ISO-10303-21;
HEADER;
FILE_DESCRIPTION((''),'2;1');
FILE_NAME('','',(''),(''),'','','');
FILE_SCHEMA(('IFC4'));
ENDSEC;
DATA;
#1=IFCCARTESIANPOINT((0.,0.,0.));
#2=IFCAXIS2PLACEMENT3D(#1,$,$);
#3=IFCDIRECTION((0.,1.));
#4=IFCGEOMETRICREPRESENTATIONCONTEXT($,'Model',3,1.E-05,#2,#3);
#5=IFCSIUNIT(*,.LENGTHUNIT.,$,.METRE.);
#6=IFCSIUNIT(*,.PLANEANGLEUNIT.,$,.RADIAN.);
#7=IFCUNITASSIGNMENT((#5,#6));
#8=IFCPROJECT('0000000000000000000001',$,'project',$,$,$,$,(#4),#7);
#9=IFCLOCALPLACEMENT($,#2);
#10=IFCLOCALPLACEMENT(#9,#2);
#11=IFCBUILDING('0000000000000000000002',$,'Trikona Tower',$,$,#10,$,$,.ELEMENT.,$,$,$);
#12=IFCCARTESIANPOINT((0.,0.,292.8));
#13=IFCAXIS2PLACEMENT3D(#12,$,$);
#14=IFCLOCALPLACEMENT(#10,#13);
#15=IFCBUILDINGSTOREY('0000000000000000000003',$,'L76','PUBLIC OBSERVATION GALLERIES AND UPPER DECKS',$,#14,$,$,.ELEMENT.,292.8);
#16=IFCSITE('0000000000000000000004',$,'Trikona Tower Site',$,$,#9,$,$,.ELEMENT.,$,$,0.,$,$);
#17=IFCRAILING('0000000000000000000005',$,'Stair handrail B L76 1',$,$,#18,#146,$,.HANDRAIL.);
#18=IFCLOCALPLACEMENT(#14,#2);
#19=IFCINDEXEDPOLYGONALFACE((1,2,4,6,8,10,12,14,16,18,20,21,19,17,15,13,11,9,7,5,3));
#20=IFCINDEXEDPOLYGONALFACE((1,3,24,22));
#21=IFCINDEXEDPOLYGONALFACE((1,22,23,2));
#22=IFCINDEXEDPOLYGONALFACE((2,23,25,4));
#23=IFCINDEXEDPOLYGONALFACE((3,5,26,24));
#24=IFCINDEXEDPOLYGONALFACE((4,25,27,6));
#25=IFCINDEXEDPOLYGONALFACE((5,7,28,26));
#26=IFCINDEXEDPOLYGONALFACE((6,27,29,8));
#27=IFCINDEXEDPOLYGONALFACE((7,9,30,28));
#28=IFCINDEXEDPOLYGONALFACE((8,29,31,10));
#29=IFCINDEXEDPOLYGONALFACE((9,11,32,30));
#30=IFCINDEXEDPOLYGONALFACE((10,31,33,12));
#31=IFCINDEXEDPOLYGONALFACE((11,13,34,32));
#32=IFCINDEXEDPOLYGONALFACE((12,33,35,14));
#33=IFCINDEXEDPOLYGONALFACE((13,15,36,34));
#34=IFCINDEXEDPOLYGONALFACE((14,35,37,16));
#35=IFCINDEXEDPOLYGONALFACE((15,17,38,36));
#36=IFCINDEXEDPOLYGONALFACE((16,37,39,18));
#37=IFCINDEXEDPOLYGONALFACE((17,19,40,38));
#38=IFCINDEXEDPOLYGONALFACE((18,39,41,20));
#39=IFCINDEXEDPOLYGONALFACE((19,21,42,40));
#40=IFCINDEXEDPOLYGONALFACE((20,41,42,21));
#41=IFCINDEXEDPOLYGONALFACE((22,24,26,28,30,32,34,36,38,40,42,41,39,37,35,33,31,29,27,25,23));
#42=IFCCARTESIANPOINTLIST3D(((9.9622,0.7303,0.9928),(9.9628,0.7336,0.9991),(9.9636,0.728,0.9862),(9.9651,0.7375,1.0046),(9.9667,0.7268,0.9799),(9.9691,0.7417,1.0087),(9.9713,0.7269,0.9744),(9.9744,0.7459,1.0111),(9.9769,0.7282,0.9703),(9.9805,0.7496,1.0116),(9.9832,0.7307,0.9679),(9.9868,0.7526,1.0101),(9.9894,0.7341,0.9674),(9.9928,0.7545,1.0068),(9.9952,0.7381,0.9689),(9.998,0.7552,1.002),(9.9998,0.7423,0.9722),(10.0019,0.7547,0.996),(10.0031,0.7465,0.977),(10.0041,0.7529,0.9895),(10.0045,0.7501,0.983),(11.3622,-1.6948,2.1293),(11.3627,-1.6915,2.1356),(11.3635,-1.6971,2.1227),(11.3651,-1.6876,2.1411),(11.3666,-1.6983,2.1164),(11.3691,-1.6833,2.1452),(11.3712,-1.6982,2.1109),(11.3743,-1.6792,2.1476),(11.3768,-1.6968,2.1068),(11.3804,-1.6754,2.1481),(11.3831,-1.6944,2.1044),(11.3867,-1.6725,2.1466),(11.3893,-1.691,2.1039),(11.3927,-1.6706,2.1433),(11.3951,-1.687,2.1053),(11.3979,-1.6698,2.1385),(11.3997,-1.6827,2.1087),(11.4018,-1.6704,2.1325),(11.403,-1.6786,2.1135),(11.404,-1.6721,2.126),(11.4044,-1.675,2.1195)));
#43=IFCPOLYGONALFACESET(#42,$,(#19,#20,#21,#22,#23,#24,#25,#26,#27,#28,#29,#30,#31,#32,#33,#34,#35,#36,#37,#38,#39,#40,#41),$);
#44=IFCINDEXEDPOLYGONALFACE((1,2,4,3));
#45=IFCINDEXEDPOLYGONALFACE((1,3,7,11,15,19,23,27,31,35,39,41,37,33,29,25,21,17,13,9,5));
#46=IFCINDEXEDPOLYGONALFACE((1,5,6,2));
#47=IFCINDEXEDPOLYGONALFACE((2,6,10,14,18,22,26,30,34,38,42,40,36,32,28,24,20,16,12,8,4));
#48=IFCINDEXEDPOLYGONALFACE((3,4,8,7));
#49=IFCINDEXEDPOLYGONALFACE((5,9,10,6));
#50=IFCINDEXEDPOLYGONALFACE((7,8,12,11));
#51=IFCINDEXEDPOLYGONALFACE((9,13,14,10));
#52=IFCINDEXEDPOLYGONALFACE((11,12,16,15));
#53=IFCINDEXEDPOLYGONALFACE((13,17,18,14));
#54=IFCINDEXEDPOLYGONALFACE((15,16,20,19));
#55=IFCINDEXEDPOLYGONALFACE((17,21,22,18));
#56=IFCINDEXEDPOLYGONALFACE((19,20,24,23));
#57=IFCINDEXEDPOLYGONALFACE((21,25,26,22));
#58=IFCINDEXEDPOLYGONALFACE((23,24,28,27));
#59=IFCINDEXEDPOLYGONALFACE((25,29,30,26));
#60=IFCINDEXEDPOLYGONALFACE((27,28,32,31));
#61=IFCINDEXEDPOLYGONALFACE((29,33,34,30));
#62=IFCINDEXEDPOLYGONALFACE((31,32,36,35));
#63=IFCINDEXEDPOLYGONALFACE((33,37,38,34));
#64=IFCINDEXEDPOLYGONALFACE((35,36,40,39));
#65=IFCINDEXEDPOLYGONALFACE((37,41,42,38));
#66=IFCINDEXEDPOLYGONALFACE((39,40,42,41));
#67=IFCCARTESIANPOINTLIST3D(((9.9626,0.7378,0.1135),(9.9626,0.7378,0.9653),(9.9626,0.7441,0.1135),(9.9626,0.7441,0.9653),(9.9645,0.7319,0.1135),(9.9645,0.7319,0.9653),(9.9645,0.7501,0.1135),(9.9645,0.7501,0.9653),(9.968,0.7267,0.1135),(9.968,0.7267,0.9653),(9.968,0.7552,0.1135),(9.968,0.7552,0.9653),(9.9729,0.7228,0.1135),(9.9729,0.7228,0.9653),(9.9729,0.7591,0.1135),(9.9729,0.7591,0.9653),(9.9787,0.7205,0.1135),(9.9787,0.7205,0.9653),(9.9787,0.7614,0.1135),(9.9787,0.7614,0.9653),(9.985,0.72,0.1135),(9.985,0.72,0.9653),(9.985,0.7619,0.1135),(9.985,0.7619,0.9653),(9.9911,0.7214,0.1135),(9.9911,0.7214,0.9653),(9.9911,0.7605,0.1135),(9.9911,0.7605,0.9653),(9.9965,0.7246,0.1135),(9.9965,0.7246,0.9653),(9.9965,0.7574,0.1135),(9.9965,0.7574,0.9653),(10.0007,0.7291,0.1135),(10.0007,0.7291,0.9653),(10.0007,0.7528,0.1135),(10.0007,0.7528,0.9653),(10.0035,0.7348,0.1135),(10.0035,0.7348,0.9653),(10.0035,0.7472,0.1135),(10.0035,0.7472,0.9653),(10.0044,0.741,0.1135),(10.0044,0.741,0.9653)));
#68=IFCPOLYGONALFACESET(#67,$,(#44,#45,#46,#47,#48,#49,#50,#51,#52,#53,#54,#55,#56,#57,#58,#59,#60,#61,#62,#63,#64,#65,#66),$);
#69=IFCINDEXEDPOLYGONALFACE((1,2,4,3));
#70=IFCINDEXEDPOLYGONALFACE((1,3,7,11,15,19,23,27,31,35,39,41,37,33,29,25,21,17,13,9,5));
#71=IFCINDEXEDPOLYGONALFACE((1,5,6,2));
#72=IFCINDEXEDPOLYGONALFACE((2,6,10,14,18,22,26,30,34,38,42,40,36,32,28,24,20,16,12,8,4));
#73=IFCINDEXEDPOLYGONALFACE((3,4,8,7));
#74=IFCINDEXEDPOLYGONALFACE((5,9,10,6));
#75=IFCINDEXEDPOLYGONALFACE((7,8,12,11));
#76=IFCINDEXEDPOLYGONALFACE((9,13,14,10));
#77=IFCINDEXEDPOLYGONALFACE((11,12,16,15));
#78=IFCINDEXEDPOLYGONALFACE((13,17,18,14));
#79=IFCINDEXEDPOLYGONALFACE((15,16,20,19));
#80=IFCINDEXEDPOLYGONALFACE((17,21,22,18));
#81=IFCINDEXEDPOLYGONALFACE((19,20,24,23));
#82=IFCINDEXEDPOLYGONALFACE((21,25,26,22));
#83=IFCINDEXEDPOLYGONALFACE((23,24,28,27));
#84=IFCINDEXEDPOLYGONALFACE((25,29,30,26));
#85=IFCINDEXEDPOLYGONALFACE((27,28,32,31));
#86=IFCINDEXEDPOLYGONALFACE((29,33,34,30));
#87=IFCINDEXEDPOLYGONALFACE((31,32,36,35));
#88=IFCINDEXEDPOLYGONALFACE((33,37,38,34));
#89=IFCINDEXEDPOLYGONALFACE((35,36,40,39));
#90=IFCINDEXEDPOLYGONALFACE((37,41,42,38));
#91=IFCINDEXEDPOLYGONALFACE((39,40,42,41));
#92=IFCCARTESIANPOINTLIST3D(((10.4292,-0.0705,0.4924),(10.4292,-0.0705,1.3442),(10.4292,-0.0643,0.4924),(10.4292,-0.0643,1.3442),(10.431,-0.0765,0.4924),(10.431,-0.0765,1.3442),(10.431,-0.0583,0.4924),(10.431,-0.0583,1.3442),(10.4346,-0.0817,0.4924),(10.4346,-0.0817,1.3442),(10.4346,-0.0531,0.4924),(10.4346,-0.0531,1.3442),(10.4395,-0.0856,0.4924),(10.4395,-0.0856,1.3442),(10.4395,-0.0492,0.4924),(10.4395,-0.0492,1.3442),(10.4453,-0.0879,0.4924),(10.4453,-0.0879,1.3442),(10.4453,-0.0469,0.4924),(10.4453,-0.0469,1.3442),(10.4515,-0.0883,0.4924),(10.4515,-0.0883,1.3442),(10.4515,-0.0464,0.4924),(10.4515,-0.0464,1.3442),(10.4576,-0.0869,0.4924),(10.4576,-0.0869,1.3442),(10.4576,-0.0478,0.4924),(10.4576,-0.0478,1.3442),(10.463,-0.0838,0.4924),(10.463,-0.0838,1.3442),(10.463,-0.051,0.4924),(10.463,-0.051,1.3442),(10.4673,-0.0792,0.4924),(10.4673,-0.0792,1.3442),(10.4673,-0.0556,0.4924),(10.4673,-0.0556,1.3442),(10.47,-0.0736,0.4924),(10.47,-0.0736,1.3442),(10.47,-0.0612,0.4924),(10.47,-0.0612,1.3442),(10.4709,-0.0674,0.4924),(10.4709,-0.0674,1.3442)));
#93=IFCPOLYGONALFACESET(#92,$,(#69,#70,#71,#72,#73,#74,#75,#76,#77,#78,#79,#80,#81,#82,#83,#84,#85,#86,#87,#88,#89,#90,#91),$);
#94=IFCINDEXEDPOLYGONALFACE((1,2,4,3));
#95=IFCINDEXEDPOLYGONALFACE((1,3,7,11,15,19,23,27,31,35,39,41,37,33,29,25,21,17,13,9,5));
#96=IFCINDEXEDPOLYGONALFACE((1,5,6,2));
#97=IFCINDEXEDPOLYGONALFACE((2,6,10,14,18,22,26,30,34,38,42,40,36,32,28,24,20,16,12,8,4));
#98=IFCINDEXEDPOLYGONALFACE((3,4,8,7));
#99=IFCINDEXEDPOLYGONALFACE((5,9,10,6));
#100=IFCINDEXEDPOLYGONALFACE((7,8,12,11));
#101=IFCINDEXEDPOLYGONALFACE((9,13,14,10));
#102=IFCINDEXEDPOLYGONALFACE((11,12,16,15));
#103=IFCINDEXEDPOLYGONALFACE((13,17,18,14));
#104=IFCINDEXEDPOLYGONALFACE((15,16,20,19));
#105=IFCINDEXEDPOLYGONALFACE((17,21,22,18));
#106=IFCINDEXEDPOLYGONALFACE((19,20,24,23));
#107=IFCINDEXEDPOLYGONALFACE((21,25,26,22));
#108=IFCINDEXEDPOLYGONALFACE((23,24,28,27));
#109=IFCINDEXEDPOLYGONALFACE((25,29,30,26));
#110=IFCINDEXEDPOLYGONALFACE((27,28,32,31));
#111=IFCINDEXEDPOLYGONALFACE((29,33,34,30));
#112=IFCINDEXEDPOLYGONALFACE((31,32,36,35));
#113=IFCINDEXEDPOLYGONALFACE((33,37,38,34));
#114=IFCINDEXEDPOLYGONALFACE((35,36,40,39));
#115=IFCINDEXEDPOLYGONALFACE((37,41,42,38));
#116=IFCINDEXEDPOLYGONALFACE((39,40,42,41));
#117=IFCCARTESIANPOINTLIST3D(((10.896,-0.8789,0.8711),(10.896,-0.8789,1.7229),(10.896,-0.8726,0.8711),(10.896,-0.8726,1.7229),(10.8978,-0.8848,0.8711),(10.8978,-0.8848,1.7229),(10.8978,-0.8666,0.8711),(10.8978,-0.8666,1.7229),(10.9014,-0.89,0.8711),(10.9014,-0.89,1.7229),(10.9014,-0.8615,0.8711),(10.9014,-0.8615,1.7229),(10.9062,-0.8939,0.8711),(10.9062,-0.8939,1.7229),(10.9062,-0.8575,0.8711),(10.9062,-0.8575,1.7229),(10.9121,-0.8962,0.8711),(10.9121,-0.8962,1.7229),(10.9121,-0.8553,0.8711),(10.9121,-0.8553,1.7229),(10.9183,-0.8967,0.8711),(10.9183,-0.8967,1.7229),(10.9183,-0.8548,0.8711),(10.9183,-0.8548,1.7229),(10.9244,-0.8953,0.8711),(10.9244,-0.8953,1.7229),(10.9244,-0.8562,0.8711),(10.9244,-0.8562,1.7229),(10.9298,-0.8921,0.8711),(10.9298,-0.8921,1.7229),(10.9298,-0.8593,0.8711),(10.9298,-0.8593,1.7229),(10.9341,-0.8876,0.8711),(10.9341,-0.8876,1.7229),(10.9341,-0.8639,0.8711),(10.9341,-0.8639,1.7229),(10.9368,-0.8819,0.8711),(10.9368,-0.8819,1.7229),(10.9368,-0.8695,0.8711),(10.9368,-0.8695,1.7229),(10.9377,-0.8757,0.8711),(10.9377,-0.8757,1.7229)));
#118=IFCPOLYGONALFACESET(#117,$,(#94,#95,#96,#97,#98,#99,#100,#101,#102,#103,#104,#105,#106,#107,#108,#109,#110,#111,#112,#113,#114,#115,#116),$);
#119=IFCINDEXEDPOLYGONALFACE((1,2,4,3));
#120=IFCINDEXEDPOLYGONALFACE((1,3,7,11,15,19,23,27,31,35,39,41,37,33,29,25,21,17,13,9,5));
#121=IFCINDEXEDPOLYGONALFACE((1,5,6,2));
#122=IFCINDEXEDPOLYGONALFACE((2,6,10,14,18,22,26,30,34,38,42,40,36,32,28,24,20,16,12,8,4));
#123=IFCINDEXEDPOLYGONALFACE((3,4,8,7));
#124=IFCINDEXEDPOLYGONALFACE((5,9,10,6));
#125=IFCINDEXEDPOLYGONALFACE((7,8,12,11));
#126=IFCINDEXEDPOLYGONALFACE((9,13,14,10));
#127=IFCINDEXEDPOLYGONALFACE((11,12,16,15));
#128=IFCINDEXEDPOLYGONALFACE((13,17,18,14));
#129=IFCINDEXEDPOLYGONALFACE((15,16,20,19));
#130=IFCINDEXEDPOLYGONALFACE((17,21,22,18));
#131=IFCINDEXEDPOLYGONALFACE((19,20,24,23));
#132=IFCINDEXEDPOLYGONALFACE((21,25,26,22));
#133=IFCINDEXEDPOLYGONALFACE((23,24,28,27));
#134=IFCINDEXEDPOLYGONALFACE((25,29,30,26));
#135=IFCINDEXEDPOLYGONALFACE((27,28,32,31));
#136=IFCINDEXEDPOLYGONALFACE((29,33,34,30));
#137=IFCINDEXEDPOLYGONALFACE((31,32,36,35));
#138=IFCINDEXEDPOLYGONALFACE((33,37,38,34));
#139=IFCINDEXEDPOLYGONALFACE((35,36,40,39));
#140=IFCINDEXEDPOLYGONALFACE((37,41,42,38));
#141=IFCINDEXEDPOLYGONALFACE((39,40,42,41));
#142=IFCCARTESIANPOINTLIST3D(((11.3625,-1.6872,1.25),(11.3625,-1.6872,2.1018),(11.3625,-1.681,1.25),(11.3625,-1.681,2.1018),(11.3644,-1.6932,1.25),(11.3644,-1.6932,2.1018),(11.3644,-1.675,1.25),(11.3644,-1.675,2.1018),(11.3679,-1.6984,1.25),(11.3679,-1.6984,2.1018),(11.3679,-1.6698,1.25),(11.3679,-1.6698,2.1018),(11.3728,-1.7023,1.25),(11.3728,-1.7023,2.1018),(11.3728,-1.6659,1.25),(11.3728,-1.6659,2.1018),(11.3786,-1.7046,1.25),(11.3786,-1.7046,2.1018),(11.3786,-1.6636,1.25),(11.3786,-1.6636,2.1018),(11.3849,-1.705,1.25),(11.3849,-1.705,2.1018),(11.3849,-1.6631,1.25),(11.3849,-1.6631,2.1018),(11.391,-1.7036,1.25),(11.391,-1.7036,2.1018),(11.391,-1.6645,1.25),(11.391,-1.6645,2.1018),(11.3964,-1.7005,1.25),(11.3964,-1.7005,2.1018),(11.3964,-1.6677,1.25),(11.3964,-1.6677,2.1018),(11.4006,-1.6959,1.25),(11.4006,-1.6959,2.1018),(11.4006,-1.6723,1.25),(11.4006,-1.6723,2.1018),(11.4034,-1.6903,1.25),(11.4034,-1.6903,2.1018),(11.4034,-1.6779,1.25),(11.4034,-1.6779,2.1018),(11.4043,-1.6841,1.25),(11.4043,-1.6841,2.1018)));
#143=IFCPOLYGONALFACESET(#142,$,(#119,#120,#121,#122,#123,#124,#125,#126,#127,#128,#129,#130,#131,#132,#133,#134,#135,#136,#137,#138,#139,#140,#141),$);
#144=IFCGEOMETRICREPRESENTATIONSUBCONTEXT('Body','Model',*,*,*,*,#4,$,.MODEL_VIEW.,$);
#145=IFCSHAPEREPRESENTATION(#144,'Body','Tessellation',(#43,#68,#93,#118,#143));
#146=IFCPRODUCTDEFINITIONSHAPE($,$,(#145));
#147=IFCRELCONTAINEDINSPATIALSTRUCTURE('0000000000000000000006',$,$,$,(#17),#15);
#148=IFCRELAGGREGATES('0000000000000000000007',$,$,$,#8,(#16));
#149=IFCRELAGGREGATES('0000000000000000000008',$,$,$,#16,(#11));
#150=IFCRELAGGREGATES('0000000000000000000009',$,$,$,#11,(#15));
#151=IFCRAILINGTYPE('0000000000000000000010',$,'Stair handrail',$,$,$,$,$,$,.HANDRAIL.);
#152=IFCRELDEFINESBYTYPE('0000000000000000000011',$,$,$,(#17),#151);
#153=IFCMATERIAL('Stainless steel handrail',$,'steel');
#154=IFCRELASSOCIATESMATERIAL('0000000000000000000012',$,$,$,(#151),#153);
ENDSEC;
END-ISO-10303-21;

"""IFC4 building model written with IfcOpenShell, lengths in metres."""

from ifc_helpers import new_model, si_unit, direction, frame, origin, origin_2d, place, context, subcontext, project, spatial, circle, extrude, material, type_object, element, save


model = new_model("IFC4")

# Units and contexts
model_context = context("Model", 3, precision=1e-05, world=origin(), true_north=direction((0.0, 1.0)))
body_context = subcontext(model_context, "Body", "Model", "MODEL_VIEW")
ifc_project = project(units=[si_unit("LENGTHUNIT", "METRE"), si_unit("PLANEANGLEUNIT", "RADIAN")], contexts=[model_context])

# Site, building, storey
site_placement = place(None, origin())
site = spatial("IfcSite", under=ifc_project, at=site_placement, Name="Trikona Tower Site", CompositionType="ELEMENT", RefElevation=0.0)
building_placement = place(site_placement, origin())
building = spatial("IfcBuilding", under=site, at=building_placement, Name="Trikona Tower", CompositionType="ELEMENT")
storey_placement = place(building_placement, frame((0.0, 0.0, 292.8)))
storey = spatial("IfcBuildingStorey", under=building, at=storey_placement, Name="L76", Description="PUBLIC OBSERVATION GALLERIES AND UPPER DECKS", CompositionType="ELEMENT", Elevation=292.8)

# Railing
ifc_material_1 = material(Name="Stainless steel handrail", Category="steel")
railing_type = type_object("IfcRailingType", Name="Stair handrail", PredefinedType="HANDRAIL", material=ifc_material_1)
for number, where, name in (
    (1, (9.9834, 0.741, 0.1135), "Stair handrail B L76 1"),
):
    element("IfcRailing", number, at=place(storey_placement, frame(where)), inside=storey, type_object=railing_type, Name=name, PredefinedType="HANDRAIL", context=body_context, shape_type="SweptSolid", body=[
        extrude(circle(Radius=0.0239, at=origin_2d()), frame((0.0, 0.0, 0.876), z_axis=(0.463245, -0.802479, 0.376074), x_axis=(0.866056, 0.499946, 0.0)), (0.0, 0.0, 1.0), 3.022),
        extrude(circle(Radius=0.021, at=origin_2d()), origin(), (0.0, 0.0, 1.0), 0.8518),
        extrude(circle(Radius=0.021, at=origin_2d()), frame((0.4666, -0.8083, 0.3789)), (0.0, 0.0, 1.0), 0.8518),
        extrude(circle(Radius=0.021, at=origin_2d()), frame((0.9333, -1.6167, 0.7576)), (0.0, 0.0, 1.0), 0.8518),
        extrude(circle(Radius=0.021, at=origin_2d()), frame((1.3999, -2.425, 1.1365)), (0.0, 0.0, 1.0), 0.8518),
    ])

save(model, "model.ifc")
